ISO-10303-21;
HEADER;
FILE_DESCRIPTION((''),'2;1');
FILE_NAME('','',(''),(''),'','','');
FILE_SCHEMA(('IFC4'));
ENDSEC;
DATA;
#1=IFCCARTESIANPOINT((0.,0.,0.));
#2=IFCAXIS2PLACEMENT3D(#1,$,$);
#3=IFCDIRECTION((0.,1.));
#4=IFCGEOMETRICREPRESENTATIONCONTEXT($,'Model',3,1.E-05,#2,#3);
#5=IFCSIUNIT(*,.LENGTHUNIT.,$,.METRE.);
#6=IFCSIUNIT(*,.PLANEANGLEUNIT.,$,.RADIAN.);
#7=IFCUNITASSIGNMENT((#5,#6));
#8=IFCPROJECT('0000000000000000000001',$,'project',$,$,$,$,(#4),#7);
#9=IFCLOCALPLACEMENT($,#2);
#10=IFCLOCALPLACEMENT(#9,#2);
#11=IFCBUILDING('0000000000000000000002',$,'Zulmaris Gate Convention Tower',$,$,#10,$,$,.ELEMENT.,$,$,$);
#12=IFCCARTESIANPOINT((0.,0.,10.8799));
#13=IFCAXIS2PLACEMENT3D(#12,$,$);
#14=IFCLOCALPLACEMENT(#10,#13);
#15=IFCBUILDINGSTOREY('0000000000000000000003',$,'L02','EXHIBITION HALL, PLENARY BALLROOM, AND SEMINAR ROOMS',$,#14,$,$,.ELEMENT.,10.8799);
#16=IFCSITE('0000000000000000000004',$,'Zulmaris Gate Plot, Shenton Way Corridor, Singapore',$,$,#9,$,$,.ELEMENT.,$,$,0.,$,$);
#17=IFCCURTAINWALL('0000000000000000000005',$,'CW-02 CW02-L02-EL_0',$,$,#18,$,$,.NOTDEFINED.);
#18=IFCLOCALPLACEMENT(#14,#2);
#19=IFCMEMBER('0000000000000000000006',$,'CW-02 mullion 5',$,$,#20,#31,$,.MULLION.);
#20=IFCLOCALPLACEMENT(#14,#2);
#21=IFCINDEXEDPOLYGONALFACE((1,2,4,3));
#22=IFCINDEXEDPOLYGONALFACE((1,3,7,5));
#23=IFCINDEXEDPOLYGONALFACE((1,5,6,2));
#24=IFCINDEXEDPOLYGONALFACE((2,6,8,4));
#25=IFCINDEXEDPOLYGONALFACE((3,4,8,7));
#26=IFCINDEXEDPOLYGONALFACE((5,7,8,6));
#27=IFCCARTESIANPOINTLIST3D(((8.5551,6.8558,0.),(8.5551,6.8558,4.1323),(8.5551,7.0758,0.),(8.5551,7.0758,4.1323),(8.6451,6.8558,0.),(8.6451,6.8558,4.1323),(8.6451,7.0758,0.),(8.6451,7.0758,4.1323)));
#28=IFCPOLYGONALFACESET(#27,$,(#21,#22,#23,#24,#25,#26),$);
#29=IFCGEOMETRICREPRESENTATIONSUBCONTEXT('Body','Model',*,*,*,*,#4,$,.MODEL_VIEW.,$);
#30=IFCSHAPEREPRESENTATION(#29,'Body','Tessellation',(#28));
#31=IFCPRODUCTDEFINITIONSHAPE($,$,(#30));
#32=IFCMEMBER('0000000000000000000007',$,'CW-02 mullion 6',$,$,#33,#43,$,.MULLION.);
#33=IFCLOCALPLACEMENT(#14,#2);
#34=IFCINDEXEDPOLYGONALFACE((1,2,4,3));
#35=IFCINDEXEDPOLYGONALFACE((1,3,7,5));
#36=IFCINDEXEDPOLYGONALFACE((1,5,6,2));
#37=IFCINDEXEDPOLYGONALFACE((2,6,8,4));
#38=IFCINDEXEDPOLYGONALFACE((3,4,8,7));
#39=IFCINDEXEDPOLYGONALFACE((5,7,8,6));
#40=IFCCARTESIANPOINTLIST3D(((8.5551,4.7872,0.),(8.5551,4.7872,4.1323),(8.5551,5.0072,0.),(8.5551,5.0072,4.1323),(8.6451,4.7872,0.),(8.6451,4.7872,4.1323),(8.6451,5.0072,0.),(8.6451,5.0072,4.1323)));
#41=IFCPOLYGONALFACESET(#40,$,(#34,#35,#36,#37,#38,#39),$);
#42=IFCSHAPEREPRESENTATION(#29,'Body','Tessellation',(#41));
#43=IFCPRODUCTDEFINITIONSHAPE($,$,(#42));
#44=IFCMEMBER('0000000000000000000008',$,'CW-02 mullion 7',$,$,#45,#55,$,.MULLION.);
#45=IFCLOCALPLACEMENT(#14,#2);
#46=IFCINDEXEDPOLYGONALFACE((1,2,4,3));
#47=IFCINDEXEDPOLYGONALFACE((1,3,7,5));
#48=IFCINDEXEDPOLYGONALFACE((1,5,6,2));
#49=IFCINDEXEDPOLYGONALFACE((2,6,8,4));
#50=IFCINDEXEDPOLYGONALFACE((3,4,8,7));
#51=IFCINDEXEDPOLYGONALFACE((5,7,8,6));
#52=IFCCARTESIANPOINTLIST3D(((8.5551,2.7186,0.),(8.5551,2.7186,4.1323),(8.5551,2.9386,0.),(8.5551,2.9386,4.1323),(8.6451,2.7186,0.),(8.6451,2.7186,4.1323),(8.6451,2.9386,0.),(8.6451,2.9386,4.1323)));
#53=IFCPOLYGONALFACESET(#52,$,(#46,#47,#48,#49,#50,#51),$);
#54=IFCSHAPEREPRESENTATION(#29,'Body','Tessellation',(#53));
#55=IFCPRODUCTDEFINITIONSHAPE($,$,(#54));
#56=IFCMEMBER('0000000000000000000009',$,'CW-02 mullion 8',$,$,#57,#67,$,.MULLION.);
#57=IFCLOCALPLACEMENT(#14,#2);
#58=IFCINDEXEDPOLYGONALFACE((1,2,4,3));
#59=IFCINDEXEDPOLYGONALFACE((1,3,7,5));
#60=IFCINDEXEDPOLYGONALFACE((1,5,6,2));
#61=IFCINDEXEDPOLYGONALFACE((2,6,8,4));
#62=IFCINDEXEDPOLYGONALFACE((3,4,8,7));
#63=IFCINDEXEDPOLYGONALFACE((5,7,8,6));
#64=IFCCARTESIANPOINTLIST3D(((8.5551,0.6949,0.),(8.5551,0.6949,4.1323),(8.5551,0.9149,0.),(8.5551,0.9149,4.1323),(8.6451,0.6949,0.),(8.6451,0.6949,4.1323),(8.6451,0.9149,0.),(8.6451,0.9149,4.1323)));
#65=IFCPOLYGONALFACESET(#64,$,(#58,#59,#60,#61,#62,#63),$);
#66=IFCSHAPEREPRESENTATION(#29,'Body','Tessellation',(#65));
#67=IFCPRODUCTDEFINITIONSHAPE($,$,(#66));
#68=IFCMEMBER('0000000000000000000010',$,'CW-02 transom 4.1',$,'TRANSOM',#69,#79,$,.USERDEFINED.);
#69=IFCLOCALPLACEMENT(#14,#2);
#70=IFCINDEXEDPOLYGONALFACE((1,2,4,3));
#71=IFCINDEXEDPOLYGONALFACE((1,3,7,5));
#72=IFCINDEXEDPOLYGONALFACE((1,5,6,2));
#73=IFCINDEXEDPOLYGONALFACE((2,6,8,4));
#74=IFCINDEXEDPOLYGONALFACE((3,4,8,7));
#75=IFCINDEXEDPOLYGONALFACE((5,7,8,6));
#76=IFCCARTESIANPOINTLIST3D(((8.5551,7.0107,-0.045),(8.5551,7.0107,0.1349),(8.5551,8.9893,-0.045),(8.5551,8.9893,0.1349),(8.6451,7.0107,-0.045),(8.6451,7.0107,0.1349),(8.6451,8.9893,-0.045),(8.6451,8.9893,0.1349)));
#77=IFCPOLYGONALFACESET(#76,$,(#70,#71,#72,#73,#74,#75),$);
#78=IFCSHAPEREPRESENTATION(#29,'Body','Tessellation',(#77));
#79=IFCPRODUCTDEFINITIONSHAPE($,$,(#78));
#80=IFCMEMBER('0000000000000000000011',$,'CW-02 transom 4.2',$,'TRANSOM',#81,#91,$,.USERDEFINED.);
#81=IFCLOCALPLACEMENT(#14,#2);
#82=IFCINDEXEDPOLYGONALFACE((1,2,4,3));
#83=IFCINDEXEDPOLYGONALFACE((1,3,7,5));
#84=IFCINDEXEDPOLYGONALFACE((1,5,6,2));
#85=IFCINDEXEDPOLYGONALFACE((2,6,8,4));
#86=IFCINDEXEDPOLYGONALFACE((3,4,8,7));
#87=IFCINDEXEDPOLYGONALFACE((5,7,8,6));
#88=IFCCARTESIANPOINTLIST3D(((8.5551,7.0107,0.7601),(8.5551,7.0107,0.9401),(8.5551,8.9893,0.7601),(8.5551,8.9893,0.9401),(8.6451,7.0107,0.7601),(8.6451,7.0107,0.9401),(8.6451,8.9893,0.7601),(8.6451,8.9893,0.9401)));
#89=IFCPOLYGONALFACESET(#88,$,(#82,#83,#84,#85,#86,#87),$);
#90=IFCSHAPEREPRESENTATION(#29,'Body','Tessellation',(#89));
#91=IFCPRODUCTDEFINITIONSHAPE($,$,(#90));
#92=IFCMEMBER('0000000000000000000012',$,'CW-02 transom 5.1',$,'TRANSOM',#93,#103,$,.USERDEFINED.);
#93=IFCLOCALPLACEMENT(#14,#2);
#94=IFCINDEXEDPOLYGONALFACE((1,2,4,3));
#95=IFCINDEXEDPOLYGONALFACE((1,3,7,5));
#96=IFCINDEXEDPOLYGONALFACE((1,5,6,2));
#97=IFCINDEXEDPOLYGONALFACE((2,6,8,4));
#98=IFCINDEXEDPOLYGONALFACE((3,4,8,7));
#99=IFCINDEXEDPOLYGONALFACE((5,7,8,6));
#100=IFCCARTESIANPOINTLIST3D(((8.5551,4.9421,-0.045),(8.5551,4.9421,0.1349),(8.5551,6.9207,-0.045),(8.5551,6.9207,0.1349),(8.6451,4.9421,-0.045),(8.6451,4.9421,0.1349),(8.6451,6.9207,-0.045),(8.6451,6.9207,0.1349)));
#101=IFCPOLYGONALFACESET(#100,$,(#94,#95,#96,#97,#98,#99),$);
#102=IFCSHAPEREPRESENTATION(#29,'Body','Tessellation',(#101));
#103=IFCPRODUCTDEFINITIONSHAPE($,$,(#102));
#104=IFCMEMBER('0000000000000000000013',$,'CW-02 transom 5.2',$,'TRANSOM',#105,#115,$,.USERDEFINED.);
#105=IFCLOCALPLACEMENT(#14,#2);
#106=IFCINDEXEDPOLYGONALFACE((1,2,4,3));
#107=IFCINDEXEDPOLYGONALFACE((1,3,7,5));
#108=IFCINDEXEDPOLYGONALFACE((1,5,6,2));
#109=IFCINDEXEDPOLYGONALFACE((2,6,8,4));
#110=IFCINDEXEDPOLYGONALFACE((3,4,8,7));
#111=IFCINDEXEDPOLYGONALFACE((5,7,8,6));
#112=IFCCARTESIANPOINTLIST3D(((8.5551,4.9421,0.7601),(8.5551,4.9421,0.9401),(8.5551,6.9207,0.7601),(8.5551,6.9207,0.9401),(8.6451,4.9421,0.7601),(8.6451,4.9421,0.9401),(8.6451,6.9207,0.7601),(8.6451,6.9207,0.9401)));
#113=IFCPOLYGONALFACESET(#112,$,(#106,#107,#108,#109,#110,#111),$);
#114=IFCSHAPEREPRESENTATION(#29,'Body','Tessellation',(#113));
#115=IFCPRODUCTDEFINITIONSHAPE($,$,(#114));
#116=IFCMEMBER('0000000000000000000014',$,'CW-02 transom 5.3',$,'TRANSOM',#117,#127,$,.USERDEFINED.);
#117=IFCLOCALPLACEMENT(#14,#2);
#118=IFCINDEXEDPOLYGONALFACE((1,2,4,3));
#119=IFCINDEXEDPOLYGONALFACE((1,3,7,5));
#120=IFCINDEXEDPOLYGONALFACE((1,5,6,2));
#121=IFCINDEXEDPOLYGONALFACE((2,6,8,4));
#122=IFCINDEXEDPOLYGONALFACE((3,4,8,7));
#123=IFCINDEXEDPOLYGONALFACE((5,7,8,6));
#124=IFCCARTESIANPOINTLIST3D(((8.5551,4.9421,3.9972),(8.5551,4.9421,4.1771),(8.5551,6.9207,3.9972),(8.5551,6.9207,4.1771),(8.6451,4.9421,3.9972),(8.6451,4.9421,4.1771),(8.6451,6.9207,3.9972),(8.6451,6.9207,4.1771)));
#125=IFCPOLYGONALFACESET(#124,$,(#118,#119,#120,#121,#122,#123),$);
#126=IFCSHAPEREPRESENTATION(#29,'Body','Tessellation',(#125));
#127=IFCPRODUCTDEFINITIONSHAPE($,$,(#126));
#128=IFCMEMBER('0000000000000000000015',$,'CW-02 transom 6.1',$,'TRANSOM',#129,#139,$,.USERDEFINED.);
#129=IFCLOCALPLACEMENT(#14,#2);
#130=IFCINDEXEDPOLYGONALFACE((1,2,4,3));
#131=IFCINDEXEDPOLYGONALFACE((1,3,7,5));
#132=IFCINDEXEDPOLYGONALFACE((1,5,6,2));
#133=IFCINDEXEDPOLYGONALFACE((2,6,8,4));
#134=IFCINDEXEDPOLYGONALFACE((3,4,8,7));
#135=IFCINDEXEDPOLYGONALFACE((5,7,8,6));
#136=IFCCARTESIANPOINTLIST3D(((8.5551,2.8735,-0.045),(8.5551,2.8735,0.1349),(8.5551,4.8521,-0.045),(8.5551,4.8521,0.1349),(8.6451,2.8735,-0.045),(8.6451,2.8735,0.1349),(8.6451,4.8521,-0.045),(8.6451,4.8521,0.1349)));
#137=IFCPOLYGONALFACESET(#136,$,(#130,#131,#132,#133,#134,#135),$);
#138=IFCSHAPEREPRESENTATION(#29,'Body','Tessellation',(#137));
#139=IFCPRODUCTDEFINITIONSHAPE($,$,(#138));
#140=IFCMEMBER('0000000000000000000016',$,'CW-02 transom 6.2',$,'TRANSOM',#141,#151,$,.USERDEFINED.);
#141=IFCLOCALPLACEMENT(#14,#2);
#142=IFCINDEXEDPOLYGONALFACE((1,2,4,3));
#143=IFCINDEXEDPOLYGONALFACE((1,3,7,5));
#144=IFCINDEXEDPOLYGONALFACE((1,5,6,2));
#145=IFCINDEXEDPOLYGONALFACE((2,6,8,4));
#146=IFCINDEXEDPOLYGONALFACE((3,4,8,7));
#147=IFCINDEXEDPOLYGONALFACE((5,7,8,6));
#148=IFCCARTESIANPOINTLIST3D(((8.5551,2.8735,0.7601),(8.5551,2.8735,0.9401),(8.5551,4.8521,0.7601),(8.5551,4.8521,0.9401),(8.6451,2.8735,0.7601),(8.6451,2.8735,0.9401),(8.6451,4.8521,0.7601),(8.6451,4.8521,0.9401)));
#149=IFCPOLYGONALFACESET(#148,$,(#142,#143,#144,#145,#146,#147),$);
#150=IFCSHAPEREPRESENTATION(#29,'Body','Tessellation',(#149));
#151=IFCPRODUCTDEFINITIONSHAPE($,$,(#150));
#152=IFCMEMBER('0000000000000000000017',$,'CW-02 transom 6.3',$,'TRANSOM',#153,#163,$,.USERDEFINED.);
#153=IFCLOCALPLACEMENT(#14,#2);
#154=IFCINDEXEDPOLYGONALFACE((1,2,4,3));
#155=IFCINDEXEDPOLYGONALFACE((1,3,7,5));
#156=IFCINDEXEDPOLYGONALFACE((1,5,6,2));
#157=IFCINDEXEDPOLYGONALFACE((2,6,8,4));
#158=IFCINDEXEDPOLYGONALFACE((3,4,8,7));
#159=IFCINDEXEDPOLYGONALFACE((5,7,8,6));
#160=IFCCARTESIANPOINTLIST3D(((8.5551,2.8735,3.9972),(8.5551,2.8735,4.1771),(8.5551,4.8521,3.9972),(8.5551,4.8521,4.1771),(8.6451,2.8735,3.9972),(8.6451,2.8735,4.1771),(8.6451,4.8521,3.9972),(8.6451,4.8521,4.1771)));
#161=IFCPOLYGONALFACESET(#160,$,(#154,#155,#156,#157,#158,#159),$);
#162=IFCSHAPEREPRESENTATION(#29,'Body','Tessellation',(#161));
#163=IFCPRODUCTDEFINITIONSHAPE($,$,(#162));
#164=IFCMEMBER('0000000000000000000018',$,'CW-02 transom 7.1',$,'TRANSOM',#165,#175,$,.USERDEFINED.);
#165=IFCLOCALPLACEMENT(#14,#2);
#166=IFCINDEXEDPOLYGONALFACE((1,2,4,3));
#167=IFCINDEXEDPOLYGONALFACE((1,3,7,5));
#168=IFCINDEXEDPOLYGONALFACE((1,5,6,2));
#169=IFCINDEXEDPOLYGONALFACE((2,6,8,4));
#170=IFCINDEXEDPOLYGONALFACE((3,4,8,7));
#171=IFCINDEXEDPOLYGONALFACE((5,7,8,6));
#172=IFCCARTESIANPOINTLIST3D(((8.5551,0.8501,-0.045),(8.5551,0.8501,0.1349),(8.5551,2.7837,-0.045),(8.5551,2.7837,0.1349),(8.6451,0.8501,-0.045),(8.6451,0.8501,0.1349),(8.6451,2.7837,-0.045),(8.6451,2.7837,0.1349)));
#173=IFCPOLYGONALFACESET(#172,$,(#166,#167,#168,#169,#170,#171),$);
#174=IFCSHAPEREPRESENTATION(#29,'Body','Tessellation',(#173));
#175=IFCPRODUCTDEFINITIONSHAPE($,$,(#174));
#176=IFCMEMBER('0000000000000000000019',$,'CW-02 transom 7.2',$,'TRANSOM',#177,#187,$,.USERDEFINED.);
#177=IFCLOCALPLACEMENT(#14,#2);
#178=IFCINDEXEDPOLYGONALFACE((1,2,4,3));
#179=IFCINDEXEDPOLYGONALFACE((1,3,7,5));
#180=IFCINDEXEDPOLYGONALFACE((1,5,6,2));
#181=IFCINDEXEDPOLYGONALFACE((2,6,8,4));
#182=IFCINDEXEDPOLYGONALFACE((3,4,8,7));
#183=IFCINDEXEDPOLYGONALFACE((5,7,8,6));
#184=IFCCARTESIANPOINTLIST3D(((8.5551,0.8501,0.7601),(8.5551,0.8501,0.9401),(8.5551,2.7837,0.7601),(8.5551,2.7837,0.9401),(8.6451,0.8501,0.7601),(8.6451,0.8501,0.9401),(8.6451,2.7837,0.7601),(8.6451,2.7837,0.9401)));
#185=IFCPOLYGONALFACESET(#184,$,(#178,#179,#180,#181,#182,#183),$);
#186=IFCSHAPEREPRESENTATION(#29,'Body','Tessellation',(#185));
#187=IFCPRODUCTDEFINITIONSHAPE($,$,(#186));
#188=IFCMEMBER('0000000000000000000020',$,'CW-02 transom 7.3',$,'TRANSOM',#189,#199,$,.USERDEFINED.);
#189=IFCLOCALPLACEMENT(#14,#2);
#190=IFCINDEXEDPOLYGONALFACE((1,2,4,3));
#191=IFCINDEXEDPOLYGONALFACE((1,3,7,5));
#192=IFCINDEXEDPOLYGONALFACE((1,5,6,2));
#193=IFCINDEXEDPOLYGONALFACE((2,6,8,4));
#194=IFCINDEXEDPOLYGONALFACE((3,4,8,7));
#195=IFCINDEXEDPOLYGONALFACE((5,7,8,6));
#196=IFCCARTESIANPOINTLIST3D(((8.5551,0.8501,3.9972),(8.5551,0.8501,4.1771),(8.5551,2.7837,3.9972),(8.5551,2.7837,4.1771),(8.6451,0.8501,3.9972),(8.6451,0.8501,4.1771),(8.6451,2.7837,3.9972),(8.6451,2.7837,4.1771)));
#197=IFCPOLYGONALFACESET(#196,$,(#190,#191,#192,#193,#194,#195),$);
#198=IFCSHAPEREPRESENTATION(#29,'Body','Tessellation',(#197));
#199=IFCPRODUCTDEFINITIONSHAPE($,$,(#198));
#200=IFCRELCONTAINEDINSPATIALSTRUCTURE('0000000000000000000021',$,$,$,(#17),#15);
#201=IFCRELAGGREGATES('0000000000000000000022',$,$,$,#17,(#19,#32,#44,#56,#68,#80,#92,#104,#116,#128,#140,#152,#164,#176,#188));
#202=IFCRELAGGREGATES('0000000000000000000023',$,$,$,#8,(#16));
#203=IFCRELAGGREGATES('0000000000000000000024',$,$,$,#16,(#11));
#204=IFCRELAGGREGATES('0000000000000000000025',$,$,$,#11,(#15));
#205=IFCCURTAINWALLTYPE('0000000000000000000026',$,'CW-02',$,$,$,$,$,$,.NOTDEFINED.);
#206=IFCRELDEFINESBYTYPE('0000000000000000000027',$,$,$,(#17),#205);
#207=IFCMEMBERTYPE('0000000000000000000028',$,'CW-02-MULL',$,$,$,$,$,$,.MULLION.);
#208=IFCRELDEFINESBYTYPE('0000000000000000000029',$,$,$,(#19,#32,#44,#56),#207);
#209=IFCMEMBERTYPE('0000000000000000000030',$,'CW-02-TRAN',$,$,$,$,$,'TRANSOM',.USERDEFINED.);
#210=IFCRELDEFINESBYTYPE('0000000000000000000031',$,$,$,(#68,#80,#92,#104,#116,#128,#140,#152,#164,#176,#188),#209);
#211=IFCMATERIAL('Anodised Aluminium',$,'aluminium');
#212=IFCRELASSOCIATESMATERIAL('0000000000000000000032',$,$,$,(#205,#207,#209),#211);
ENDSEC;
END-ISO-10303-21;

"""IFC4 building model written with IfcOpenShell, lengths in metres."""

from ifc_helpers import new_model, si_unit, direction, frame, origin, origin_2d, place, context, subcontext, project, spatial, rectangle, extrude, material, material_profile, profile_set, type_object, element, aggregate, save


model = new_model("IFC4")

# Units and contexts
model_context = context("Model", 3, precision=1e-05, world=origin(), true_north=direction((0.0, 1.0)))
body_context = subcontext(model_context, "Body", "Model", "MODEL_VIEW")
ifc_project = project(units=[si_unit("LENGTHUNIT", "METRE"), si_unit("PLANEANGLEUNIT", "RADIAN")], contexts=[model_context])

# Site, building, storey
site_placement = place(None, origin())
site = spatial("IfcSite", under=ifc_project, at=site_placement, Name="Zulmaris Gate Plot, Shenton Way Corridor, Singapore", CompositionType="ELEMENT", RefElevation=0.0)
building_placement = place(site_placement, origin())
building = spatial("IfcBuilding", under=site, at=building_placement, Name="Zulmaris Gate Convention Tower", CompositionType="ELEMENT")
storey_placement = place(building_placement, frame((0.0, 0.0, 10.8799)))
storey = spatial("IfcBuildingStorey", under=building, at=storey_placement, Name="L02", Description="EXHIBITION HALL, PLENARY BALLROOM, AND SEMINAR ROOMS", CompositionType="ELEMENT", Elevation=10.8799)

# Curtain wall, members
ifc_material_1 = material(Name="Anodised Aluminium", Category="aluminium")
curtain_wall_type = type_object("IfcCurtainWallType", Name="CW-02", PredefinedType="NOTDEFINED", material=ifc_material_1)
curtain_wall_placement = place(storey_placement, origin())
curtain_wall = element("IfcCurtainWall", 1, at=curtain_wall_placement, inside=storey, type_object=curtain_wall_type, Name="CW-02 CW02-L02-EL_0", PredefinedType="NOTDEFINED")
ifc_material_profile_1 = material_profile(ifc_material_1, rectangle(XDim=0.0901, YDim=0.22, at=origin_2d()), Name="ALU MULLION 90x220")
ifc_profile_set_1 = profile_set([ifc_material_profile_1], Name="Anodised Aluminium")
member_type_1 = type_object("IfcMemberType", Name="CW-02-MULL", PredefinedType="MULLION", material=ifc_profile_set_1)
member_1_placement = place(storey_placement, frame((8.6001, 6.9658, 0.0), z_axis=(0.0, 0.0, 1.0), x_axis=(1.0, 0.0, 0.0)))
member_1 = element("IfcMember", 2, at=member_1_placement, type_object=member_type_1, Name="CW-02 mullion 5", PredefinedType="MULLION", context=body_context, shape_type="SweptSolid", body=[
    extrude(rectangle(XDim=0.0901, YDim=0.22, at=origin_2d()), origin(), (0.0, 0.0, 1.0), 4.1323),
])
member_2_placement = place(storey_placement, frame((8.6001, 4.8972, 0.0), z_axis=(0.0, 0.0, 1.0), x_axis=(1.0, 0.0, 0.0)))
member_2 = element("IfcMember", 3, at=member_2_placement, type_object=member_type_1, Name="CW-02 mullion 6", PredefinedType="MULLION", context=body_context, shape_type="SweptSolid", body=[
    extrude(rectangle(XDim=0.0901, YDim=0.22, at=origin_2d()), origin(), (0.0, 0.0, 1.0), 4.1323),
])
member_3_placement = place(storey_placement, frame((8.6001, 2.8286, 0.0), z_axis=(0.0, 0.0, 1.0), x_axis=(1.0, 0.0, 0.0)))
member_3 = element("IfcMember", 4, at=member_3_placement, type_object=member_type_1, Name="CW-02 mullion 7", PredefinedType="MULLION", context=body_context, shape_type="SweptSolid", body=[
    extrude(rectangle(XDim=0.0901, YDim=0.22, at=origin_2d()), origin(), (0.0, 0.0, 1.0), 4.1323),
])
member_4_placement = place(storey_placement, frame((8.6001, 0.8049, 0.0), z_axis=(0.0, 0.0, 1.0), x_axis=(1.0, 0.0, 0.0)))
member_4 = element("IfcMember", 5, at=member_4_placement, type_object=member_type_1, Name="CW-02 mullion 8", PredefinedType="MULLION", context=body_context, shape_type="SweptSolid", body=[
    extrude(rectangle(XDim=0.0901, YDim=0.22, at=origin_2d()), origin(), (0.0, 0.0, 1.0), 4.1323),
])
ifc_material_profile_2 = material_profile(ifc_material_1, rectangle(XDim=0.0901, YDim=0.1799, at=origin_2d()), Name="ALU TRANSOM 90x180")
ifc_profile_set_2 = profile_set([ifc_material_profile_2], Name="Anodised Aluminium")
member_type_2 = type_object("IfcMemberType", Name="CW-02-TRAN", ElementType="TRANSOM", PredefinedType="USERDEFINED", material=ifc_profile_set_2)
member_5_placement = place(storey_placement, frame((8.6001, 8.9893, 0.0449), z_axis=(0.0, -1.0, 0.0), x_axis=(1.0, 0.0, 0.0)))
member_5 = element("IfcMember", 6, at=member_5_placement, type_object=member_type_2, Name="CW-02 transom 4.1", ObjectType="TRANSOM", PredefinedType="USERDEFINED", context=body_context, shape_type="SweptSolid", body=[
    extrude(rectangle(XDim=0.0901, YDim=0.1799, at=origin_2d()), origin(), (0.0, 0.0, 1.0), 1.9785),
])
member_6_placement = place(storey_placement, frame((8.6001, 8.9893, 0.8501), z_axis=(0.0, -1.0, 0.0), x_axis=(1.0, 0.0, 0.0)))
member_6 = element("IfcMember", 7, at=member_6_placement, type_object=member_type_2, Name="CW-02 transom 4.2", ObjectType="TRANSOM", PredefinedType="USERDEFINED", context=body_context, shape_type="SweptSolid", body=[
    extrude(rectangle(XDim=0.0901, YDim=0.1799, at=origin_2d()), origin(), (0.0, 0.0, 1.0), 1.9785),
])
member_7_placement = place(storey_placement, frame((8.6001, 6.9207, 0.0449), z_axis=(0.0, -1.0, 0.0), x_axis=(1.0, 0.0, 0.0)))
member_7 = element("IfcMember", 8, at=member_7_placement, type_object=member_type_2, Name="CW-02 transom 5.1", ObjectType="TRANSOM", PredefinedType="USERDEFINED", context=body_context, shape_type="SweptSolid", body=[
    extrude(rectangle(XDim=0.0901, YDim=0.1799, at=origin_2d()), origin(), (0.0, 0.0, 1.0), 1.9785),
])
member_8_placement = place(storey_placement, frame((8.6001, 6.9207, 0.8501), z_axis=(0.0, -1.0, 0.0), x_axis=(1.0, 0.0, 0.0)))
member_8 = element("IfcMember", 9, at=member_8_placement, type_object=member_type_2, Name="CW-02 transom 5.2", ObjectType="TRANSOM", PredefinedType="USERDEFINED", context=body_context, shape_type="SweptSolid", body=[
    extrude(rectangle(XDim=0.0901, YDim=0.1799, at=origin_2d()), origin(), (0.0, 0.0, 1.0), 1.9785),
])
member_9_placement = place(storey_placement, frame((8.6001, 6.9207, 4.0872), z_axis=(0.0, -1.0, 0.0), x_axis=(1.0, 0.0, 0.0)))
member_9 = element("IfcMember", 10, at=member_9_placement, type_object=member_type_2, Name="CW-02 transom 5.3", ObjectType="TRANSOM", PredefinedType="USERDEFINED", context=body_context, shape_type="SweptSolid", body=[
    extrude(rectangle(XDim=0.0901, YDim=0.1799, at=origin_2d()), origin(), (0.0, 0.0, 1.0), 1.9785),
])
member_10_placement = place(storey_placement, frame((8.6001, 4.8521, 0.0449), z_axis=(0.0, -1.0, 0.0), x_axis=(1.0, 0.0, 0.0)))
member_10 = element("IfcMember", 11, at=member_10_placement, type_object=member_type_2, Name="CW-02 transom 6.1", ObjectType="TRANSOM", PredefinedType="USERDEFINED", context=body_context, shape_type="SweptSolid", body=[
    extrude(rectangle(XDim=0.0901, YDim=0.1799, at=origin_2d()), origin(), (0.0, 0.0, 1.0), 1.9785),
])
member_11_placement = place(storey_placement, frame((8.6001, 4.8521, 0.8501), z_axis=(0.0, -1.0, 0.0), x_axis=(1.0, 0.0, 0.0)))
member_11 = element("IfcMember", 12, at=member_11_placement, type_object=member_type_2, Name="CW-02 transom 6.2", ObjectType="TRANSOM", PredefinedType="USERDEFINED", context=body_context, shape_type="SweptSolid", body=[
    extrude(rectangle(XDim=0.0901, YDim=0.1799, at=origin_2d()), origin(), (0.0, 0.0, 1.0), 1.9785),
])
member_12_placement = place(storey_placement, frame((8.6001, 4.8521, 4.0872), z_axis=(0.0, -1.0, 0.0), x_axis=(1.0, 0.0, 0.0)))
member_12 = element("IfcMember", 13, at=member_12_placement, type_object=member_type_2, Name="CW-02 transom 6.3", ObjectType="TRANSOM", PredefinedType="USERDEFINED", context=body_context, shape_type="SweptSolid", body=[
    extrude(rectangle(XDim=0.0901, YDim=0.1799, at=origin_2d()), origin(), (0.0, 0.0, 1.0), 1.9785),
])
member_13_placement = place(storey_placement, frame((8.6001, 2.7837, 0.0449), z_axis=(0.0, -1.0, 0.0), x_axis=(1.0, 0.0, 0.0)))
member_13 = element("IfcMember", 14, at=member_13_placement, type_object=member_type_2, Name="CW-02 transom 7.1", ObjectType="TRANSOM", PredefinedType="USERDEFINED", context=body_context, shape_type="SweptSolid", body=[
    extrude(rectangle(XDim=0.0901, YDim=0.1799, at=origin_2d()), origin(), (0.0, 0.0, 1.0), 1.9336),
])
member_14_placement = place(storey_placement, frame((8.6001, 2.7837, 0.8501), z_axis=(0.0, -1.0, 0.0), x_axis=(1.0, 0.0, 0.0)))
member_14 = element("IfcMember", 15, at=member_14_placement, type_object=member_type_2, Name="CW-02 transom 7.2", ObjectType="TRANSOM", PredefinedType="USERDEFINED", context=body_context, shape_type="SweptSolid", body=[
    extrude(rectangle(XDim=0.0901, YDim=0.1799, at=origin_2d()), origin(), (0.0, 0.0, 1.0), 1.9336),
])
member_15_placement = place(storey_placement, frame((8.6001, 2.7837, 4.0872), z_axis=(0.0, -1.0, 0.0), x_axis=(1.0, 0.0, 0.0)))
member_15 = element("IfcMember", 16, at=member_15_placement, type_object=member_type_2, Name="CW-02 transom 7.3", ObjectType="TRANSOM", PredefinedType="USERDEFINED", context=body_context, shape_type="SweptSolid", body=[
    extrude(rectangle(XDim=0.0901, YDim=0.1799, at=origin_2d()), origin(), (0.0, 0.0, 1.0), 1.9336),
])
aggregate(curtain_wall, [member_1, member_2, member_3, member_4, member_5, member_6, member_7, member_8, member_9, member_10, member_11, member_12, member_13, member_14, member_15])

save(model, "model.ifc")
